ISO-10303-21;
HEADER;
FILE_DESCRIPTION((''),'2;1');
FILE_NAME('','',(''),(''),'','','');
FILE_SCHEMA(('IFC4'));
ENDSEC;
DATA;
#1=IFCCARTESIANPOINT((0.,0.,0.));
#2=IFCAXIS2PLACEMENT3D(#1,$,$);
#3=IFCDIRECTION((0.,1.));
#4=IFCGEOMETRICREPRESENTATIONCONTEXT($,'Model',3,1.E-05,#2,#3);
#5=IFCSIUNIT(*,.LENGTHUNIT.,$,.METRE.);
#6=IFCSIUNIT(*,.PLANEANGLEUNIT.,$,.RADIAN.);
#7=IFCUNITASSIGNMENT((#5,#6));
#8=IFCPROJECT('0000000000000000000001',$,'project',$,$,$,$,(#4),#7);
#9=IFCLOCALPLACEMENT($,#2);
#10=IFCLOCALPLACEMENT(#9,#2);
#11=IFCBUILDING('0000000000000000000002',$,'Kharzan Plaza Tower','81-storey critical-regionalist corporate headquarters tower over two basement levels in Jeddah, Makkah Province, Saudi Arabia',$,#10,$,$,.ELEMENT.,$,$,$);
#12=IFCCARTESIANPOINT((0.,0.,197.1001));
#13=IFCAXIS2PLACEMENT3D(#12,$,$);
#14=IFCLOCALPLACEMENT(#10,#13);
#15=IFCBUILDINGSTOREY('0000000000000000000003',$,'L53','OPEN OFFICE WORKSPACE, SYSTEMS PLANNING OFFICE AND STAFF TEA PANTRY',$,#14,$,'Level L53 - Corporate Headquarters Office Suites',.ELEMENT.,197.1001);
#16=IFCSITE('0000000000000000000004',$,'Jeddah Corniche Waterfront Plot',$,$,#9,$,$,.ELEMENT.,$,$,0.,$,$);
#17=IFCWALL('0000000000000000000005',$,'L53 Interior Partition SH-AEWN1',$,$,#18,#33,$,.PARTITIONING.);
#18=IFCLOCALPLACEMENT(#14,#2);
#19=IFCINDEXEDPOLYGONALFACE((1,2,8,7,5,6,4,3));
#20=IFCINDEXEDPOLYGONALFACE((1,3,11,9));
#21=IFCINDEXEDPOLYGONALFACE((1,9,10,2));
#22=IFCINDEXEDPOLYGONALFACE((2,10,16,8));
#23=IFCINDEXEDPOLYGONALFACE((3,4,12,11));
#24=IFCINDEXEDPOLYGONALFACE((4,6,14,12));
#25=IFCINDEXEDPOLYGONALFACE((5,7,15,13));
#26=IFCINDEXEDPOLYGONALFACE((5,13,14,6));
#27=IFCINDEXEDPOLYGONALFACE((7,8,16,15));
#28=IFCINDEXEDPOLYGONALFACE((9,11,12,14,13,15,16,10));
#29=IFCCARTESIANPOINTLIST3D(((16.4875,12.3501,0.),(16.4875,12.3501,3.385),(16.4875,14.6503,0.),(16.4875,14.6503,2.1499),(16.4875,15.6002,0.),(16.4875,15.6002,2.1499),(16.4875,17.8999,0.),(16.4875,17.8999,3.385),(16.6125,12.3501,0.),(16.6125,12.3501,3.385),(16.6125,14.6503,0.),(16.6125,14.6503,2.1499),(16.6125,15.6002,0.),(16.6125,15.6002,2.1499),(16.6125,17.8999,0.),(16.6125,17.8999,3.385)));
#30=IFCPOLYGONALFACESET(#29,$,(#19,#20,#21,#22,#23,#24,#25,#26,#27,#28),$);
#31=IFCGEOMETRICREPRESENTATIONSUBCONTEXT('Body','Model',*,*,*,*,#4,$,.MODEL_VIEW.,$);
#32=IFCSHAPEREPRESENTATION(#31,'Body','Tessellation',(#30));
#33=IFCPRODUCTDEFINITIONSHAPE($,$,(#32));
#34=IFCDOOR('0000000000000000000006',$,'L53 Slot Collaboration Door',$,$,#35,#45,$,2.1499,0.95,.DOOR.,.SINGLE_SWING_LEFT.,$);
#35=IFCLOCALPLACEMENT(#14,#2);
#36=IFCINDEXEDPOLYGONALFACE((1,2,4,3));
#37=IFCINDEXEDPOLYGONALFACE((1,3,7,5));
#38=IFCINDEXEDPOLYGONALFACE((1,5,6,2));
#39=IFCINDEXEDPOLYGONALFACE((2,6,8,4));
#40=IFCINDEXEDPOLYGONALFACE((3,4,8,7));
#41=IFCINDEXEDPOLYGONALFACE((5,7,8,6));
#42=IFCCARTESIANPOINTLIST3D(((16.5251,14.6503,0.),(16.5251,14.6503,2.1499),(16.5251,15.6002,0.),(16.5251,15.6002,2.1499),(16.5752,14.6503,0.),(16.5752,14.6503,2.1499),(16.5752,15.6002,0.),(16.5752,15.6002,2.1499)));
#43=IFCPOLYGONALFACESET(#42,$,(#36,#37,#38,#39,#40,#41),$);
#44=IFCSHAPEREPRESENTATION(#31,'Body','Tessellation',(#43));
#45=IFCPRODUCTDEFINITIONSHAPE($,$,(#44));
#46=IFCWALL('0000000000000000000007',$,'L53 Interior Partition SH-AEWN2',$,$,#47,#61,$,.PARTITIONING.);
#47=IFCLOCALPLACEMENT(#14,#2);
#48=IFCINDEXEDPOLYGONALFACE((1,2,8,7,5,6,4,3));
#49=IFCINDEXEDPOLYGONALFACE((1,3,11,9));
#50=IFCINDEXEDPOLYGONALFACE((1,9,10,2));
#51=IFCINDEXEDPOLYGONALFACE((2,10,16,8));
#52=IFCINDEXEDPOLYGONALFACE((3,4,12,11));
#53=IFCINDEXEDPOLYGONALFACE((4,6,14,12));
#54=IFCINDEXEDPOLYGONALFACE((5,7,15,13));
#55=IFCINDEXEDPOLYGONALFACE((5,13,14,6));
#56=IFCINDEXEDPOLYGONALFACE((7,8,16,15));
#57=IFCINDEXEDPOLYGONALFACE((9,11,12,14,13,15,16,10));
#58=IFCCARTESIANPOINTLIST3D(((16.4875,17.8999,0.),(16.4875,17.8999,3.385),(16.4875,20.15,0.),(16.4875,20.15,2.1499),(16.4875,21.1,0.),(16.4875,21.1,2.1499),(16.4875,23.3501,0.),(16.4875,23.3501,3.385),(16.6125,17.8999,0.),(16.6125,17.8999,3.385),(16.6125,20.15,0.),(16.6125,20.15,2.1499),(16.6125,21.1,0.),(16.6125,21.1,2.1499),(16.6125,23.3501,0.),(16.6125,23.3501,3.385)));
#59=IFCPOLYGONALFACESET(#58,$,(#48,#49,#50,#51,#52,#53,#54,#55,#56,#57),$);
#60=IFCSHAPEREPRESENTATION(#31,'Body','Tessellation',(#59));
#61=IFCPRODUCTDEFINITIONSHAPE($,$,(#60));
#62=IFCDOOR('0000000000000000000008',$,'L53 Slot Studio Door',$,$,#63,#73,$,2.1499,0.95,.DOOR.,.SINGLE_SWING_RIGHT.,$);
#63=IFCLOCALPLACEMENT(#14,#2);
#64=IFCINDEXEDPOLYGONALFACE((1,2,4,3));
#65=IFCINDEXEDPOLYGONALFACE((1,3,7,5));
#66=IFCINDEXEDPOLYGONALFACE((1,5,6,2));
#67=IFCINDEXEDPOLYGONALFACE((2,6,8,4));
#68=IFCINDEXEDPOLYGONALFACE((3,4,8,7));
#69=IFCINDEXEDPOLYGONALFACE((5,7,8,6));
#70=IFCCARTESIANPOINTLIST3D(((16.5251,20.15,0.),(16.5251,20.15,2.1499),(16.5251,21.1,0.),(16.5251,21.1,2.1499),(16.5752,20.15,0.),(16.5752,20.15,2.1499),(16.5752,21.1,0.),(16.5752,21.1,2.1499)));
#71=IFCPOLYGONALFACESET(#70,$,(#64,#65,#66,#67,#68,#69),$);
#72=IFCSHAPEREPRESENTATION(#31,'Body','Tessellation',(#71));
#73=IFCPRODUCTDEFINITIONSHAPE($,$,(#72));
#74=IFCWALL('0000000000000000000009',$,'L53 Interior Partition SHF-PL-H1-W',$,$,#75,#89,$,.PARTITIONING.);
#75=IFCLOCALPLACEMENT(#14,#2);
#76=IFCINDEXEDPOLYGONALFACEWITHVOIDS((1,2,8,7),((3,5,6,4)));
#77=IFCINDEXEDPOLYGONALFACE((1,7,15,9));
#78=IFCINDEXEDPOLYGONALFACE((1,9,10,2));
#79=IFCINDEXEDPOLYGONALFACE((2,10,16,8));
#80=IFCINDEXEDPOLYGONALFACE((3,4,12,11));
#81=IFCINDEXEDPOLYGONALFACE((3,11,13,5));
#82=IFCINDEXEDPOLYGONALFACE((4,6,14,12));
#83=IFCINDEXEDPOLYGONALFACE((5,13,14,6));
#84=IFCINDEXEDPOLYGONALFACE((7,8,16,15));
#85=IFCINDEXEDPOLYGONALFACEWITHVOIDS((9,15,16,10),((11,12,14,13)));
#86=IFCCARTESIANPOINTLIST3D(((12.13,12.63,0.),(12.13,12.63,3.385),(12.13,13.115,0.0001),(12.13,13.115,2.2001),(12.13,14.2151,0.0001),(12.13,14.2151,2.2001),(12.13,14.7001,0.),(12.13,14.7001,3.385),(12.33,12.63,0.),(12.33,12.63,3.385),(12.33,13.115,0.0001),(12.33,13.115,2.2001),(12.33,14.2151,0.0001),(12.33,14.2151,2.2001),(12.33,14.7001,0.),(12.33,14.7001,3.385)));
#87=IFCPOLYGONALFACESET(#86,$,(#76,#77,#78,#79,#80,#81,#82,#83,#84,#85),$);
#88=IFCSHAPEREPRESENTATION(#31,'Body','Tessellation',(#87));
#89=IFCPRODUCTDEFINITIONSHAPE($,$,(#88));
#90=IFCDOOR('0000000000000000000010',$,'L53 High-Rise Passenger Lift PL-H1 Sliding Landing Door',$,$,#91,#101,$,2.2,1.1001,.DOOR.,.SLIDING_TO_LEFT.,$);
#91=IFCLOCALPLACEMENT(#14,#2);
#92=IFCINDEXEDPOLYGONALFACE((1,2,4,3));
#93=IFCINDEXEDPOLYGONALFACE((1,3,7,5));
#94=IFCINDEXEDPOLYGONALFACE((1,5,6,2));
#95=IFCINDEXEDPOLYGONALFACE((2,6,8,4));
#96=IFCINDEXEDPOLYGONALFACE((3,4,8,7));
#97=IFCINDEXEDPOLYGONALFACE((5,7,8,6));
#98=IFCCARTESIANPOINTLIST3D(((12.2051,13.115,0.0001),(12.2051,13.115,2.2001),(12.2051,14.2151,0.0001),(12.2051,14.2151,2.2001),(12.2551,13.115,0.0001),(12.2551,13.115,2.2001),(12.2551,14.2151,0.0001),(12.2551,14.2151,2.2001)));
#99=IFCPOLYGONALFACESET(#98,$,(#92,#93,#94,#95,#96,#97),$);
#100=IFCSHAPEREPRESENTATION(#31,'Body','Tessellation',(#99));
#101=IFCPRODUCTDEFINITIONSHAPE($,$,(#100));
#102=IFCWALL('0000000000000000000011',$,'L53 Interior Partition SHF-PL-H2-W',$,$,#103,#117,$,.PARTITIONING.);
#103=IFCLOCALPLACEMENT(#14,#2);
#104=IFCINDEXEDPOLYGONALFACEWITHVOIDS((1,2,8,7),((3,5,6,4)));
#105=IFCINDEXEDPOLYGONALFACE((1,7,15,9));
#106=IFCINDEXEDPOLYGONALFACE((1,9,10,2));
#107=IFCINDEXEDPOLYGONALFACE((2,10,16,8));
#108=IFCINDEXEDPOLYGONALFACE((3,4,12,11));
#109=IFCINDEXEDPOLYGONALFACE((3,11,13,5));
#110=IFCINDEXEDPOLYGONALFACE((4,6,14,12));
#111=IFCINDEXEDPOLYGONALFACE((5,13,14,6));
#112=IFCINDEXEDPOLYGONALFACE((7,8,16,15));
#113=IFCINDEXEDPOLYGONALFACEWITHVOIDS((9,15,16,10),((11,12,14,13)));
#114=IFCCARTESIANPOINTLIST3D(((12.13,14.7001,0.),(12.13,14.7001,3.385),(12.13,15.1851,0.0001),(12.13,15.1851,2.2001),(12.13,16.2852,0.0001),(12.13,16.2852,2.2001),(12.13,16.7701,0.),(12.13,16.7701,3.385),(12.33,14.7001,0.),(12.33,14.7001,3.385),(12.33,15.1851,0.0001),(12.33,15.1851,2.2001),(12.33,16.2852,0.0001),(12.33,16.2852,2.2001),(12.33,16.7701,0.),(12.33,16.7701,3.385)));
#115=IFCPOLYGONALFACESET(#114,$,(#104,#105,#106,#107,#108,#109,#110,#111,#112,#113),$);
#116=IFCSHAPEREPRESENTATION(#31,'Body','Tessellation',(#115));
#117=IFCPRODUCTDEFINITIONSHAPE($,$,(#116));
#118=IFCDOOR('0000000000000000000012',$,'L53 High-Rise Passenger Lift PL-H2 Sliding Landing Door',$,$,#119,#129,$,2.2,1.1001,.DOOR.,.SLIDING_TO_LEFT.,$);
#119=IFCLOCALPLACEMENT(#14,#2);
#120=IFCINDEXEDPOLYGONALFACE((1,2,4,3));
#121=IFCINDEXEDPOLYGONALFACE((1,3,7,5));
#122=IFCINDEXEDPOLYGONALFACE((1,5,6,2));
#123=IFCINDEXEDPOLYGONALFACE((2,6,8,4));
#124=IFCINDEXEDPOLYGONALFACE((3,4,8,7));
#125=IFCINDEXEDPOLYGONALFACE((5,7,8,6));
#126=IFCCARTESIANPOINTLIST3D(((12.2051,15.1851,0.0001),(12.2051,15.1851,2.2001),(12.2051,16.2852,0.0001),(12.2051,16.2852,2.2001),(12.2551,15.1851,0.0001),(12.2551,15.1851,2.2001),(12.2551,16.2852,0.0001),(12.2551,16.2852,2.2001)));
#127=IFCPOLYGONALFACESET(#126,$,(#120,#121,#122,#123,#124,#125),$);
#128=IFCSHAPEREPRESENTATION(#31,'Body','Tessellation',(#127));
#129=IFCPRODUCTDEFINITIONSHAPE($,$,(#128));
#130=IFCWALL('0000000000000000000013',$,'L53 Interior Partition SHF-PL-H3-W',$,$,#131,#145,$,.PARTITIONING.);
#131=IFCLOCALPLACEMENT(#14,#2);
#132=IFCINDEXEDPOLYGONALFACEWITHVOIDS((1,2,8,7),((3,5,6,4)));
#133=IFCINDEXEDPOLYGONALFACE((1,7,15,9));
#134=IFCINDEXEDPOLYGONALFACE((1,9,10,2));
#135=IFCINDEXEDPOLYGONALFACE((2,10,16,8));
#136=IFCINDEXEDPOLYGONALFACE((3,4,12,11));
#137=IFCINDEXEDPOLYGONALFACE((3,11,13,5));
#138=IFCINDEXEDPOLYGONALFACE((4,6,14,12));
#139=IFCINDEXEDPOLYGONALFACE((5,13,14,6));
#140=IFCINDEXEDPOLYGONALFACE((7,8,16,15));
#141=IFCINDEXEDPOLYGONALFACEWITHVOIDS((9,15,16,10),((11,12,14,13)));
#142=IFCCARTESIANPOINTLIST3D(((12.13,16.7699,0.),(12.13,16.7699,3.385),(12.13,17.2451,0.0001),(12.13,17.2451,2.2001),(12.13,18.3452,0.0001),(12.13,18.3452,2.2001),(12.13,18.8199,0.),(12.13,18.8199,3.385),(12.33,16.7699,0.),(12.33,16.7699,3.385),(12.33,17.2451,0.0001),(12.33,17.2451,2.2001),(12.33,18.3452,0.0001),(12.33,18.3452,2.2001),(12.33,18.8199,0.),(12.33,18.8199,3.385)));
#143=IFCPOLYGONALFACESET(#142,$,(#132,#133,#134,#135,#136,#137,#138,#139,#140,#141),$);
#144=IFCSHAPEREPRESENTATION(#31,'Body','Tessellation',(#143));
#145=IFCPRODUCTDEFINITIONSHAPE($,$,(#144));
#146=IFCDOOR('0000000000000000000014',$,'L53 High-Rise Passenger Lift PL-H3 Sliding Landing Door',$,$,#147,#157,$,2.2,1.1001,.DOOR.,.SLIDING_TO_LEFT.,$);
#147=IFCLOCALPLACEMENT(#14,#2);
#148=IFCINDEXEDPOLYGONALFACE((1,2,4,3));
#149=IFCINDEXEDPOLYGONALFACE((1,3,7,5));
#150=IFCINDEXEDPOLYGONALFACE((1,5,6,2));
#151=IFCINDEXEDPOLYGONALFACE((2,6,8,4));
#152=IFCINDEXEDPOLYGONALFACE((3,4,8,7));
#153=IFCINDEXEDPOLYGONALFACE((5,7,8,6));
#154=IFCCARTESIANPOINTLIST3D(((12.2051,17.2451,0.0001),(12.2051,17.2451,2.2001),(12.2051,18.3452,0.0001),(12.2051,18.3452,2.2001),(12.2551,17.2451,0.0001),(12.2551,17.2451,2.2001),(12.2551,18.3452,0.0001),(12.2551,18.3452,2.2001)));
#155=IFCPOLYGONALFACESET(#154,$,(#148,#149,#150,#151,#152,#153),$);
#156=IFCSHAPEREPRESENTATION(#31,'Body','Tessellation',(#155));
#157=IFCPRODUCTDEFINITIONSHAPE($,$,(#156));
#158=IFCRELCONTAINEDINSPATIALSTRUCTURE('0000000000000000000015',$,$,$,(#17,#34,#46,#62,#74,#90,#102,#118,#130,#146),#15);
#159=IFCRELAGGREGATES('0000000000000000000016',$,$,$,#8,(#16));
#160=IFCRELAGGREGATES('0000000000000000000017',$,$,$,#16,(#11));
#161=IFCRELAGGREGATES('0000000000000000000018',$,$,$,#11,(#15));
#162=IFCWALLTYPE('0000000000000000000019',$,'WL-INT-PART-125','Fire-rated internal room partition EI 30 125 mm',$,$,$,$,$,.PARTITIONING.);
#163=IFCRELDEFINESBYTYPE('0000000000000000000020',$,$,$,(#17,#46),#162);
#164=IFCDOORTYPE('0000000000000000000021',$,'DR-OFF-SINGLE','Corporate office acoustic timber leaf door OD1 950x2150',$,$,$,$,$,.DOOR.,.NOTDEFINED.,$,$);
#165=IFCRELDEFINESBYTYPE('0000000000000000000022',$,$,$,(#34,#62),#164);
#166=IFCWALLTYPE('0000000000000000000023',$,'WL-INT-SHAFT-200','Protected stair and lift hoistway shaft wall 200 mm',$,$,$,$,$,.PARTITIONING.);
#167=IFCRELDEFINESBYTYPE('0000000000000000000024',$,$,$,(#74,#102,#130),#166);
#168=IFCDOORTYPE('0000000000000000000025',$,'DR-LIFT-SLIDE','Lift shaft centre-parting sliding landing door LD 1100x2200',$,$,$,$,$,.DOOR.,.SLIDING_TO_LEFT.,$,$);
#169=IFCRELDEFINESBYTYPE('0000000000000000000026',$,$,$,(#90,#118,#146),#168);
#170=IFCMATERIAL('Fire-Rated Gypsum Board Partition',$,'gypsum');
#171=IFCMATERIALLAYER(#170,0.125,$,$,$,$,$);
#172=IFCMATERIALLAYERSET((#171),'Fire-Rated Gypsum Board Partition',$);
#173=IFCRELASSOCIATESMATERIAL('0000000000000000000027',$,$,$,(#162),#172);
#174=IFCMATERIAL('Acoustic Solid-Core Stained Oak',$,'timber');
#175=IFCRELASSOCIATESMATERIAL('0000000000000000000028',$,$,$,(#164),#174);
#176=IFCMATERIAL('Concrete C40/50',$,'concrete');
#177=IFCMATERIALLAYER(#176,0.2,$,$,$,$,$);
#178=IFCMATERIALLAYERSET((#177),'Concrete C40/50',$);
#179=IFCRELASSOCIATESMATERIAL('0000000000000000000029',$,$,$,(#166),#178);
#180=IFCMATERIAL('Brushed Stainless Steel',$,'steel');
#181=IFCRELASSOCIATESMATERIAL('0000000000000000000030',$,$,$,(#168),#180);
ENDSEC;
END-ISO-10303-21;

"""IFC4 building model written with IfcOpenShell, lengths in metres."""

from ifc_helpers import new_model, si_unit, direction, frame, frame_2d, origin, place, context, subcontext, project, spatial, rectangle, extrude, source, transform, mapped, material, layer, layer_set, type_object, element, fill, save


model = new_model("IFC4")

# Units and contexts
model_context = context("Model", 3, precision=1e-05, world=origin(), true_north=direction((0.0, 1.0)))
body_context = subcontext(model_context, "Body", "Model", "MODEL_VIEW")
ifc_project = project(units=[si_unit("LENGTHUNIT", "METRE"), si_unit("PLANEANGLEUNIT", "RADIAN")], contexts=[model_context])

# Site, building, storey
site_placement = place(None, origin())
site = spatial("IfcSite", under=ifc_project, at=site_placement, Name="Jeddah Corniche Waterfront Plot", CompositionType="ELEMENT", RefElevation=0.0)
building_placement = place(site_placement, origin())
building = spatial("IfcBuilding", under=site, at=building_placement, Name="Kharzan Plaza Tower", Description="81-storey critical-regionalist corporate headquarters tower over two basement levels in Jeddah, Makkah Province, Saudi Arabia", CompositionType="ELEMENT")
storey_placement = place(building_placement, frame((0.0, 0.0, 197.1001)))
storey = spatial("IfcBuildingStorey", under=building, at=storey_placement, Name="L53", Description="OPEN OFFICE WORKSPACE, SYSTEMS PLANNING OFFICE AND STAFF TEA PANTRY", LongName="Level L53 - Corporate Headquarters Office Suites", CompositionType="ELEMENT", Elevation=197.1001)

# Walls, openings, doors
ifc_material_1 = material(Name="Fire-Rated Gypsum Board Partition", Category="gypsum")
ifc_layer_1 = layer(ifc_material_1, 0.125)
ifc_layer_set_1 = layer_set([ifc_layer_1], Name="Fire-Rated Gypsum Board Partition")
wall_type_1 = type_object("IfcWallType", Name="WL-INT-PART-125", Description="Fire-rated internal room partition EI 30 125 mm", PredefinedType="PARTITIONING", material=ifc_layer_set_1)
wall_1_placement = place(storey_placement, frame((16.55, 12.3501, 0.0), z_axis=(0.0, 0.0, 1.0), x_axis=(0.0, 1.0, 0.0)))
wall_1 = element("IfcWall", 1, at=wall_1_placement, inside=storey, type_object=wall_type_1, Name="L53 Interior Partition SH-AEWN1", PredefinedType="PARTITIONING", context=body_context, shape_type="SweptSolid", body=[
    extrude(rectangle(XDim=5.5498, YDim=0.125, at=frame_2d((2.7749, 0.0))), origin(), (0.0, 0.0, 1.0), 3.385),
])
opening_1_placement = place(wall_1_placement, frame((2.3, 0.0, 0.0)))
opening_1 = element("IfcOpeningElement", 2, at=opening_1_placement, cuts=wall_1, PredefinedType="OPENING", context=body_context, shape_type="SweptSolid", body=[
    extrude(rectangle(XDim=0.95, YDim=2.1499, at=frame_2d((0.4751, 1.075))), frame((0.0, 0.0725, 0.0), z_axis=(0.0, -1.0, 0.0), x_axis=(1.0, 0.0, 0.0)), (0.0, 0.0, 1.0), 0.145),
])
ifc_material_2 = material(Name="Acoustic Solid-Core Stained Oak", Category="timber")
door_type_1 = type_object("IfcDoorType", Name="DR-OFF-SINGLE", Description="Corporate office acoustic timber leaf door OD1 950x2150", OperationType="NOTDEFINED", PredefinedType="DOOR", material=ifc_material_2)
shared_shape_1 = source(origin(), body_context, "Body", "SweptSolid", [
    extrude(rectangle(XDim=0.95, YDim=2.1499, at=frame_2d((0.4751, 1.075))), frame((0.0, 0.0249, 0.0), z_axis=(0.0, -1.0, 0.0), x_axis=(1.0, 0.0, 0.0)), (0.0, 0.0, 1.0), 0.05),
])
door_1_placement = place(opening_1_placement, origin())
door_1 = element("IfcDoor", 3, at=door_1_placement, inside=storey, type_object=door_type_1, Name="L53 Slot Collaboration Door", OperationType="SINGLE_SWING_LEFT", OverallHeight=2.1499, OverallWidth=0.95, PredefinedType="DOOR", context=body_context, shape_type="MappedRepresentation", body=[
    mapped(shared_shape_1, transform((0.0, 0.0, 0.0), x_axis=(1.0, 0.0, 0.0), y_axis=(0.0, 1.0, 0.0), z_axis=(0.0, 0.0, 1.0))),
])
fill(opening_1, door_1)
wall_2_placement = place(storey_placement, frame((16.55, 17.8999, 0.0), z_axis=(0.0, 0.0, 1.0), x_axis=(0.0, 1.0, 0.0)))
wall_2 = element("IfcWall", 4, at=wall_2_placement, inside=storey, type_object=wall_type_1, Name="L53 Interior Partition SH-AEWN2", PredefinedType="PARTITIONING", context=body_context, shape_type="SweptSolid", body=[
    extrude(rectangle(XDim=5.4502, YDim=0.125, at=frame_2d((2.7251, 0.0))), origin(), (0.0, 0.0, 1.0), 3.385),
])
opening_2_placement = place(wall_2_placement, frame((2.25, 0.0, 0.0)))
opening_2 = element("IfcOpeningElement", 5, at=opening_2_placement, cuts=wall_2, PredefinedType="OPENING", context=body_context, shape_type="SweptSolid", body=[
    extrude(rectangle(XDim=0.95, YDim=2.1499, at=frame_2d((0.4751, 1.075))), frame((0.0, 0.0725, 0.0), z_axis=(0.0, -1.0, 0.0), x_axis=(1.0, 0.0, 0.0)), (0.0, 0.0, 1.0), 0.145),
])
door_2_placement = place(opening_2_placement, origin())
door_2 = element("IfcDoor", 6, at=door_2_placement, inside=storey, type_object=door_type_1, Name="L53 Slot Studio Door", OperationType="SINGLE_SWING_RIGHT", OverallHeight=2.1499, OverallWidth=0.95, PredefinedType="DOOR", context=body_context, shape_type="MappedRepresentation", body=[
    mapped(shared_shape_1, transform((0.0, 0.0, 0.0), x_axis=(1.0, 0.0, 0.0), y_axis=(0.0, 1.0, 0.0), z_axis=(0.0, 0.0, 1.0))),
])
fill(opening_2, door_2)
ifc_material_3 = material(Name="Concrete C40/50", Category="concrete")
ifc_layer_2 = layer(ifc_material_3, 0.2)
ifc_layer_set_2 = layer_set([ifc_layer_2], Name="Concrete C40/50")
wall_type_2 = type_object("IfcWallType", Name="WL-INT-SHAFT-200", Description="Protected stair and lift hoistway shaft wall 200 mm", PredefinedType="PARTITIONING", material=ifc_layer_set_2)
wall_3_placement = place(storey_placement, frame((12.23, 12.6299, 0.0), z_axis=(0.0, 0.0, 1.0), x_axis=(0.0, 1.0, 0.0)))
wall_3 = element("IfcWall", 7, at=wall_3_placement, inside=storey, type_object=wall_type_2, Name="L53 Interior Partition SHF-PL-H1-W", PredefinedType="PARTITIONING", context=body_context, shape_type="SweptSolid", body=[
    extrude(rectangle(XDim=2.0701, YDim=0.2, at=frame_2d((1.0352, 0.0))), origin(), (0.0, 0.0, 1.0), 3.385),
])
opening_3_placement = place(wall_3_placement, frame((0.4851, 0.0, 0.0)))
opening_3 = element("IfcOpeningElement", 8, at=opening_3_placement, cuts=wall_3, PredefinedType="OPENING", context=body_context, shape_type="SweptSolid", body=[
    extrude(rectangle(XDim=1.1001, YDim=2.2, at=frame_2d((0.55, 1.1001))), frame((0.0, 0.1099, 0.0), z_axis=(0.0, -1.0, 0.0), x_axis=(1.0, 0.0, 0.0)), (0.0, 0.0, 1.0), 0.22),
])
ifc_material_4 = material(Name="Brushed Stainless Steel", Category="steel")
door_type_2 = type_object("IfcDoorType", Name="DR-LIFT-SLIDE", Description="Lift shaft centre-parting sliding landing door LD 1100x2200", OperationType="SLIDING_TO_LEFT", PredefinedType="DOOR", material=ifc_material_4)
shared_shape_2 = source(origin(), body_context, "Body", "SweptSolid", [
    extrude(rectangle(XDim=1.1001, YDim=2.2, at=frame_2d((0.55, 1.1001))), frame((0.0, 0.0249, 0.0), z_axis=(0.0, -1.0, 0.0), x_axis=(1.0, 0.0, 0.0)), (0.0, 0.0, 1.0), 0.05),
])
door_3_placement = place(opening_3_placement, origin())
door_3 = element("IfcDoor", 9, at=door_3_placement, inside=storey, type_object=door_type_2, Name="L53 High-Rise Passenger Lift PL-H1 Sliding Landing Door", OperationType="SLIDING_TO_LEFT", OverallHeight=2.2, OverallWidth=1.1001, PredefinedType="DOOR", context=body_context, shape_type="MappedRepresentation", body=[
    mapped(shared_shape_2, transform((0.0, 0.0, 0.0), x_axis=(1.0, 0.0, 0.0), y_axis=(0.0, 1.0, 0.0), z_axis=(0.0, 0.0, 1.0))),
])
fill(opening_3, door_3)
wall_4_placement = place(storey_placement, frame((12.23, 14.7, 0.0), z_axis=(0.0, 0.0, 1.0), x_axis=(0.0, 1.0, 0.0)))
wall_4 = element("IfcWall", 10, at=wall_4_placement, inside=storey, type_object=wall_type_2, Name="L53 Interior Partition SHF-PL-H2-W", PredefinedType="PARTITIONING", context=body_context, shape_type="SweptSolid", body=[
    extrude(rectangle(XDim=2.0701, YDim=0.2, at=frame_2d((1.0352, 0.0))), origin(), (0.0, 0.0, 1.0), 3.385),
])
opening_4_placement = place(wall_4_placement, frame((0.4851, 0.0, 0.0)))
opening_4 = element("IfcOpeningElement", 11, at=opening_4_placement, cuts=wall_4, PredefinedType="OPENING", context=body_context, shape_type="SweptSolid", body=[
    extrude(rectangle(XDim=1.1001, YDim=2.2, at=frame_2d((0.55, 1.1001))), frame((0.0, 0.1099, 0.0), z_axis=(0.0, -1.0, 0.0), x_axis=(1.0, 0.0, 0.0)), (0.0, 0.0, 1.0), 0.22),
])
door_4_placement = place(opening_4_placement, origin())
door_4 = element("IfcDoor", 12, at=door_4_placement, inside=storey, type_object=door_type_2, Name="L53 High-Rise Passenger Lift PL-H2 Sliding Landing Door", OperationType="SLIDING_TO_LEFT", OverallHeight=2.2, OverallWidth=1.1001, PredefinedType="DOOR", context=body_context, shape_type="MappedRepresentation", body=[
    mapped(shared_shape_2, transform((0.0, 0.0, 0.0), x_axis=(1.0, 0.0, 0.0), y_axis=(0.0, 1.0, 0.0), z_axis=(0.0, 0.0, 1.0))),
])
fill(opening_4, door_4)
wall_5_placement = place(storey_placement, frame((12.23, 16.77, 0.0), z_axis=(0.0, 0.0, 1.0), x_axis=(0.0, 1.0, 0.0)))
wall_5 = element("IfcWall", 13, at=wall_5_placement, inside=storey, type_object=wall_type_2, Name="L53 Interior Partition SHF-PL-H3-W", PredefinedType="PARTITIONING", context=body_context, shape_type="SweptSolid", body=[
    extrude(rectangle(XDim=2.05, YDim=0.2, at=frame_2d((1.0249, 0.0))), origin(), (0.0, 0.0, 1.0), 3.385),
])
opening_5_placement = place(wall_5_placement, frame((0.4751, 0.0, 0.0)))
opening_5 = element("IfcOpeningElement", 14, at=opening_5_placement, cuts=wall_5, PredefinedType="OPENING", context=body_context, shape_type="SweptSolid", body=[
    extrude(rectangle(XDim=1.1001, YDim=2.2, at=frame_2d((0.55, 1.1001))), frame((0.0, 0.1099, 0.0), z_axis=(0.0, -1.0, 0.0), x_axis=(1.0, 0.0, 0.0)), (0.0, 0.0, 1.0), 0.22),
])
door_5_placement = place(opening_5_placement, origin())
door_5 = element("IfcDoor", 15, at=door_5_placement, inside=storey, type_object=door_type_2, Name="L53 High-Rise Passenger Lift PL-H3 Sliding Landing Door", OperationType="SLIDING_TO_LEFT", OverallHeight=2.2, OverallWidth=1.1001, PredefinedType="DOOR", context=body_context, shape_type="MappedRepresentation", body=[
    mapped(shared_shape_2, transform((0.0, 0.0, 0.0), x_axis=(1.0, 0.0, 0.0), y_axis=(0.0, 1.0, 0.0), z_axis=(0.0, 0.0, 1.0))),
])
fill(opening_5, door_5)

save(model, "model.ifc")
